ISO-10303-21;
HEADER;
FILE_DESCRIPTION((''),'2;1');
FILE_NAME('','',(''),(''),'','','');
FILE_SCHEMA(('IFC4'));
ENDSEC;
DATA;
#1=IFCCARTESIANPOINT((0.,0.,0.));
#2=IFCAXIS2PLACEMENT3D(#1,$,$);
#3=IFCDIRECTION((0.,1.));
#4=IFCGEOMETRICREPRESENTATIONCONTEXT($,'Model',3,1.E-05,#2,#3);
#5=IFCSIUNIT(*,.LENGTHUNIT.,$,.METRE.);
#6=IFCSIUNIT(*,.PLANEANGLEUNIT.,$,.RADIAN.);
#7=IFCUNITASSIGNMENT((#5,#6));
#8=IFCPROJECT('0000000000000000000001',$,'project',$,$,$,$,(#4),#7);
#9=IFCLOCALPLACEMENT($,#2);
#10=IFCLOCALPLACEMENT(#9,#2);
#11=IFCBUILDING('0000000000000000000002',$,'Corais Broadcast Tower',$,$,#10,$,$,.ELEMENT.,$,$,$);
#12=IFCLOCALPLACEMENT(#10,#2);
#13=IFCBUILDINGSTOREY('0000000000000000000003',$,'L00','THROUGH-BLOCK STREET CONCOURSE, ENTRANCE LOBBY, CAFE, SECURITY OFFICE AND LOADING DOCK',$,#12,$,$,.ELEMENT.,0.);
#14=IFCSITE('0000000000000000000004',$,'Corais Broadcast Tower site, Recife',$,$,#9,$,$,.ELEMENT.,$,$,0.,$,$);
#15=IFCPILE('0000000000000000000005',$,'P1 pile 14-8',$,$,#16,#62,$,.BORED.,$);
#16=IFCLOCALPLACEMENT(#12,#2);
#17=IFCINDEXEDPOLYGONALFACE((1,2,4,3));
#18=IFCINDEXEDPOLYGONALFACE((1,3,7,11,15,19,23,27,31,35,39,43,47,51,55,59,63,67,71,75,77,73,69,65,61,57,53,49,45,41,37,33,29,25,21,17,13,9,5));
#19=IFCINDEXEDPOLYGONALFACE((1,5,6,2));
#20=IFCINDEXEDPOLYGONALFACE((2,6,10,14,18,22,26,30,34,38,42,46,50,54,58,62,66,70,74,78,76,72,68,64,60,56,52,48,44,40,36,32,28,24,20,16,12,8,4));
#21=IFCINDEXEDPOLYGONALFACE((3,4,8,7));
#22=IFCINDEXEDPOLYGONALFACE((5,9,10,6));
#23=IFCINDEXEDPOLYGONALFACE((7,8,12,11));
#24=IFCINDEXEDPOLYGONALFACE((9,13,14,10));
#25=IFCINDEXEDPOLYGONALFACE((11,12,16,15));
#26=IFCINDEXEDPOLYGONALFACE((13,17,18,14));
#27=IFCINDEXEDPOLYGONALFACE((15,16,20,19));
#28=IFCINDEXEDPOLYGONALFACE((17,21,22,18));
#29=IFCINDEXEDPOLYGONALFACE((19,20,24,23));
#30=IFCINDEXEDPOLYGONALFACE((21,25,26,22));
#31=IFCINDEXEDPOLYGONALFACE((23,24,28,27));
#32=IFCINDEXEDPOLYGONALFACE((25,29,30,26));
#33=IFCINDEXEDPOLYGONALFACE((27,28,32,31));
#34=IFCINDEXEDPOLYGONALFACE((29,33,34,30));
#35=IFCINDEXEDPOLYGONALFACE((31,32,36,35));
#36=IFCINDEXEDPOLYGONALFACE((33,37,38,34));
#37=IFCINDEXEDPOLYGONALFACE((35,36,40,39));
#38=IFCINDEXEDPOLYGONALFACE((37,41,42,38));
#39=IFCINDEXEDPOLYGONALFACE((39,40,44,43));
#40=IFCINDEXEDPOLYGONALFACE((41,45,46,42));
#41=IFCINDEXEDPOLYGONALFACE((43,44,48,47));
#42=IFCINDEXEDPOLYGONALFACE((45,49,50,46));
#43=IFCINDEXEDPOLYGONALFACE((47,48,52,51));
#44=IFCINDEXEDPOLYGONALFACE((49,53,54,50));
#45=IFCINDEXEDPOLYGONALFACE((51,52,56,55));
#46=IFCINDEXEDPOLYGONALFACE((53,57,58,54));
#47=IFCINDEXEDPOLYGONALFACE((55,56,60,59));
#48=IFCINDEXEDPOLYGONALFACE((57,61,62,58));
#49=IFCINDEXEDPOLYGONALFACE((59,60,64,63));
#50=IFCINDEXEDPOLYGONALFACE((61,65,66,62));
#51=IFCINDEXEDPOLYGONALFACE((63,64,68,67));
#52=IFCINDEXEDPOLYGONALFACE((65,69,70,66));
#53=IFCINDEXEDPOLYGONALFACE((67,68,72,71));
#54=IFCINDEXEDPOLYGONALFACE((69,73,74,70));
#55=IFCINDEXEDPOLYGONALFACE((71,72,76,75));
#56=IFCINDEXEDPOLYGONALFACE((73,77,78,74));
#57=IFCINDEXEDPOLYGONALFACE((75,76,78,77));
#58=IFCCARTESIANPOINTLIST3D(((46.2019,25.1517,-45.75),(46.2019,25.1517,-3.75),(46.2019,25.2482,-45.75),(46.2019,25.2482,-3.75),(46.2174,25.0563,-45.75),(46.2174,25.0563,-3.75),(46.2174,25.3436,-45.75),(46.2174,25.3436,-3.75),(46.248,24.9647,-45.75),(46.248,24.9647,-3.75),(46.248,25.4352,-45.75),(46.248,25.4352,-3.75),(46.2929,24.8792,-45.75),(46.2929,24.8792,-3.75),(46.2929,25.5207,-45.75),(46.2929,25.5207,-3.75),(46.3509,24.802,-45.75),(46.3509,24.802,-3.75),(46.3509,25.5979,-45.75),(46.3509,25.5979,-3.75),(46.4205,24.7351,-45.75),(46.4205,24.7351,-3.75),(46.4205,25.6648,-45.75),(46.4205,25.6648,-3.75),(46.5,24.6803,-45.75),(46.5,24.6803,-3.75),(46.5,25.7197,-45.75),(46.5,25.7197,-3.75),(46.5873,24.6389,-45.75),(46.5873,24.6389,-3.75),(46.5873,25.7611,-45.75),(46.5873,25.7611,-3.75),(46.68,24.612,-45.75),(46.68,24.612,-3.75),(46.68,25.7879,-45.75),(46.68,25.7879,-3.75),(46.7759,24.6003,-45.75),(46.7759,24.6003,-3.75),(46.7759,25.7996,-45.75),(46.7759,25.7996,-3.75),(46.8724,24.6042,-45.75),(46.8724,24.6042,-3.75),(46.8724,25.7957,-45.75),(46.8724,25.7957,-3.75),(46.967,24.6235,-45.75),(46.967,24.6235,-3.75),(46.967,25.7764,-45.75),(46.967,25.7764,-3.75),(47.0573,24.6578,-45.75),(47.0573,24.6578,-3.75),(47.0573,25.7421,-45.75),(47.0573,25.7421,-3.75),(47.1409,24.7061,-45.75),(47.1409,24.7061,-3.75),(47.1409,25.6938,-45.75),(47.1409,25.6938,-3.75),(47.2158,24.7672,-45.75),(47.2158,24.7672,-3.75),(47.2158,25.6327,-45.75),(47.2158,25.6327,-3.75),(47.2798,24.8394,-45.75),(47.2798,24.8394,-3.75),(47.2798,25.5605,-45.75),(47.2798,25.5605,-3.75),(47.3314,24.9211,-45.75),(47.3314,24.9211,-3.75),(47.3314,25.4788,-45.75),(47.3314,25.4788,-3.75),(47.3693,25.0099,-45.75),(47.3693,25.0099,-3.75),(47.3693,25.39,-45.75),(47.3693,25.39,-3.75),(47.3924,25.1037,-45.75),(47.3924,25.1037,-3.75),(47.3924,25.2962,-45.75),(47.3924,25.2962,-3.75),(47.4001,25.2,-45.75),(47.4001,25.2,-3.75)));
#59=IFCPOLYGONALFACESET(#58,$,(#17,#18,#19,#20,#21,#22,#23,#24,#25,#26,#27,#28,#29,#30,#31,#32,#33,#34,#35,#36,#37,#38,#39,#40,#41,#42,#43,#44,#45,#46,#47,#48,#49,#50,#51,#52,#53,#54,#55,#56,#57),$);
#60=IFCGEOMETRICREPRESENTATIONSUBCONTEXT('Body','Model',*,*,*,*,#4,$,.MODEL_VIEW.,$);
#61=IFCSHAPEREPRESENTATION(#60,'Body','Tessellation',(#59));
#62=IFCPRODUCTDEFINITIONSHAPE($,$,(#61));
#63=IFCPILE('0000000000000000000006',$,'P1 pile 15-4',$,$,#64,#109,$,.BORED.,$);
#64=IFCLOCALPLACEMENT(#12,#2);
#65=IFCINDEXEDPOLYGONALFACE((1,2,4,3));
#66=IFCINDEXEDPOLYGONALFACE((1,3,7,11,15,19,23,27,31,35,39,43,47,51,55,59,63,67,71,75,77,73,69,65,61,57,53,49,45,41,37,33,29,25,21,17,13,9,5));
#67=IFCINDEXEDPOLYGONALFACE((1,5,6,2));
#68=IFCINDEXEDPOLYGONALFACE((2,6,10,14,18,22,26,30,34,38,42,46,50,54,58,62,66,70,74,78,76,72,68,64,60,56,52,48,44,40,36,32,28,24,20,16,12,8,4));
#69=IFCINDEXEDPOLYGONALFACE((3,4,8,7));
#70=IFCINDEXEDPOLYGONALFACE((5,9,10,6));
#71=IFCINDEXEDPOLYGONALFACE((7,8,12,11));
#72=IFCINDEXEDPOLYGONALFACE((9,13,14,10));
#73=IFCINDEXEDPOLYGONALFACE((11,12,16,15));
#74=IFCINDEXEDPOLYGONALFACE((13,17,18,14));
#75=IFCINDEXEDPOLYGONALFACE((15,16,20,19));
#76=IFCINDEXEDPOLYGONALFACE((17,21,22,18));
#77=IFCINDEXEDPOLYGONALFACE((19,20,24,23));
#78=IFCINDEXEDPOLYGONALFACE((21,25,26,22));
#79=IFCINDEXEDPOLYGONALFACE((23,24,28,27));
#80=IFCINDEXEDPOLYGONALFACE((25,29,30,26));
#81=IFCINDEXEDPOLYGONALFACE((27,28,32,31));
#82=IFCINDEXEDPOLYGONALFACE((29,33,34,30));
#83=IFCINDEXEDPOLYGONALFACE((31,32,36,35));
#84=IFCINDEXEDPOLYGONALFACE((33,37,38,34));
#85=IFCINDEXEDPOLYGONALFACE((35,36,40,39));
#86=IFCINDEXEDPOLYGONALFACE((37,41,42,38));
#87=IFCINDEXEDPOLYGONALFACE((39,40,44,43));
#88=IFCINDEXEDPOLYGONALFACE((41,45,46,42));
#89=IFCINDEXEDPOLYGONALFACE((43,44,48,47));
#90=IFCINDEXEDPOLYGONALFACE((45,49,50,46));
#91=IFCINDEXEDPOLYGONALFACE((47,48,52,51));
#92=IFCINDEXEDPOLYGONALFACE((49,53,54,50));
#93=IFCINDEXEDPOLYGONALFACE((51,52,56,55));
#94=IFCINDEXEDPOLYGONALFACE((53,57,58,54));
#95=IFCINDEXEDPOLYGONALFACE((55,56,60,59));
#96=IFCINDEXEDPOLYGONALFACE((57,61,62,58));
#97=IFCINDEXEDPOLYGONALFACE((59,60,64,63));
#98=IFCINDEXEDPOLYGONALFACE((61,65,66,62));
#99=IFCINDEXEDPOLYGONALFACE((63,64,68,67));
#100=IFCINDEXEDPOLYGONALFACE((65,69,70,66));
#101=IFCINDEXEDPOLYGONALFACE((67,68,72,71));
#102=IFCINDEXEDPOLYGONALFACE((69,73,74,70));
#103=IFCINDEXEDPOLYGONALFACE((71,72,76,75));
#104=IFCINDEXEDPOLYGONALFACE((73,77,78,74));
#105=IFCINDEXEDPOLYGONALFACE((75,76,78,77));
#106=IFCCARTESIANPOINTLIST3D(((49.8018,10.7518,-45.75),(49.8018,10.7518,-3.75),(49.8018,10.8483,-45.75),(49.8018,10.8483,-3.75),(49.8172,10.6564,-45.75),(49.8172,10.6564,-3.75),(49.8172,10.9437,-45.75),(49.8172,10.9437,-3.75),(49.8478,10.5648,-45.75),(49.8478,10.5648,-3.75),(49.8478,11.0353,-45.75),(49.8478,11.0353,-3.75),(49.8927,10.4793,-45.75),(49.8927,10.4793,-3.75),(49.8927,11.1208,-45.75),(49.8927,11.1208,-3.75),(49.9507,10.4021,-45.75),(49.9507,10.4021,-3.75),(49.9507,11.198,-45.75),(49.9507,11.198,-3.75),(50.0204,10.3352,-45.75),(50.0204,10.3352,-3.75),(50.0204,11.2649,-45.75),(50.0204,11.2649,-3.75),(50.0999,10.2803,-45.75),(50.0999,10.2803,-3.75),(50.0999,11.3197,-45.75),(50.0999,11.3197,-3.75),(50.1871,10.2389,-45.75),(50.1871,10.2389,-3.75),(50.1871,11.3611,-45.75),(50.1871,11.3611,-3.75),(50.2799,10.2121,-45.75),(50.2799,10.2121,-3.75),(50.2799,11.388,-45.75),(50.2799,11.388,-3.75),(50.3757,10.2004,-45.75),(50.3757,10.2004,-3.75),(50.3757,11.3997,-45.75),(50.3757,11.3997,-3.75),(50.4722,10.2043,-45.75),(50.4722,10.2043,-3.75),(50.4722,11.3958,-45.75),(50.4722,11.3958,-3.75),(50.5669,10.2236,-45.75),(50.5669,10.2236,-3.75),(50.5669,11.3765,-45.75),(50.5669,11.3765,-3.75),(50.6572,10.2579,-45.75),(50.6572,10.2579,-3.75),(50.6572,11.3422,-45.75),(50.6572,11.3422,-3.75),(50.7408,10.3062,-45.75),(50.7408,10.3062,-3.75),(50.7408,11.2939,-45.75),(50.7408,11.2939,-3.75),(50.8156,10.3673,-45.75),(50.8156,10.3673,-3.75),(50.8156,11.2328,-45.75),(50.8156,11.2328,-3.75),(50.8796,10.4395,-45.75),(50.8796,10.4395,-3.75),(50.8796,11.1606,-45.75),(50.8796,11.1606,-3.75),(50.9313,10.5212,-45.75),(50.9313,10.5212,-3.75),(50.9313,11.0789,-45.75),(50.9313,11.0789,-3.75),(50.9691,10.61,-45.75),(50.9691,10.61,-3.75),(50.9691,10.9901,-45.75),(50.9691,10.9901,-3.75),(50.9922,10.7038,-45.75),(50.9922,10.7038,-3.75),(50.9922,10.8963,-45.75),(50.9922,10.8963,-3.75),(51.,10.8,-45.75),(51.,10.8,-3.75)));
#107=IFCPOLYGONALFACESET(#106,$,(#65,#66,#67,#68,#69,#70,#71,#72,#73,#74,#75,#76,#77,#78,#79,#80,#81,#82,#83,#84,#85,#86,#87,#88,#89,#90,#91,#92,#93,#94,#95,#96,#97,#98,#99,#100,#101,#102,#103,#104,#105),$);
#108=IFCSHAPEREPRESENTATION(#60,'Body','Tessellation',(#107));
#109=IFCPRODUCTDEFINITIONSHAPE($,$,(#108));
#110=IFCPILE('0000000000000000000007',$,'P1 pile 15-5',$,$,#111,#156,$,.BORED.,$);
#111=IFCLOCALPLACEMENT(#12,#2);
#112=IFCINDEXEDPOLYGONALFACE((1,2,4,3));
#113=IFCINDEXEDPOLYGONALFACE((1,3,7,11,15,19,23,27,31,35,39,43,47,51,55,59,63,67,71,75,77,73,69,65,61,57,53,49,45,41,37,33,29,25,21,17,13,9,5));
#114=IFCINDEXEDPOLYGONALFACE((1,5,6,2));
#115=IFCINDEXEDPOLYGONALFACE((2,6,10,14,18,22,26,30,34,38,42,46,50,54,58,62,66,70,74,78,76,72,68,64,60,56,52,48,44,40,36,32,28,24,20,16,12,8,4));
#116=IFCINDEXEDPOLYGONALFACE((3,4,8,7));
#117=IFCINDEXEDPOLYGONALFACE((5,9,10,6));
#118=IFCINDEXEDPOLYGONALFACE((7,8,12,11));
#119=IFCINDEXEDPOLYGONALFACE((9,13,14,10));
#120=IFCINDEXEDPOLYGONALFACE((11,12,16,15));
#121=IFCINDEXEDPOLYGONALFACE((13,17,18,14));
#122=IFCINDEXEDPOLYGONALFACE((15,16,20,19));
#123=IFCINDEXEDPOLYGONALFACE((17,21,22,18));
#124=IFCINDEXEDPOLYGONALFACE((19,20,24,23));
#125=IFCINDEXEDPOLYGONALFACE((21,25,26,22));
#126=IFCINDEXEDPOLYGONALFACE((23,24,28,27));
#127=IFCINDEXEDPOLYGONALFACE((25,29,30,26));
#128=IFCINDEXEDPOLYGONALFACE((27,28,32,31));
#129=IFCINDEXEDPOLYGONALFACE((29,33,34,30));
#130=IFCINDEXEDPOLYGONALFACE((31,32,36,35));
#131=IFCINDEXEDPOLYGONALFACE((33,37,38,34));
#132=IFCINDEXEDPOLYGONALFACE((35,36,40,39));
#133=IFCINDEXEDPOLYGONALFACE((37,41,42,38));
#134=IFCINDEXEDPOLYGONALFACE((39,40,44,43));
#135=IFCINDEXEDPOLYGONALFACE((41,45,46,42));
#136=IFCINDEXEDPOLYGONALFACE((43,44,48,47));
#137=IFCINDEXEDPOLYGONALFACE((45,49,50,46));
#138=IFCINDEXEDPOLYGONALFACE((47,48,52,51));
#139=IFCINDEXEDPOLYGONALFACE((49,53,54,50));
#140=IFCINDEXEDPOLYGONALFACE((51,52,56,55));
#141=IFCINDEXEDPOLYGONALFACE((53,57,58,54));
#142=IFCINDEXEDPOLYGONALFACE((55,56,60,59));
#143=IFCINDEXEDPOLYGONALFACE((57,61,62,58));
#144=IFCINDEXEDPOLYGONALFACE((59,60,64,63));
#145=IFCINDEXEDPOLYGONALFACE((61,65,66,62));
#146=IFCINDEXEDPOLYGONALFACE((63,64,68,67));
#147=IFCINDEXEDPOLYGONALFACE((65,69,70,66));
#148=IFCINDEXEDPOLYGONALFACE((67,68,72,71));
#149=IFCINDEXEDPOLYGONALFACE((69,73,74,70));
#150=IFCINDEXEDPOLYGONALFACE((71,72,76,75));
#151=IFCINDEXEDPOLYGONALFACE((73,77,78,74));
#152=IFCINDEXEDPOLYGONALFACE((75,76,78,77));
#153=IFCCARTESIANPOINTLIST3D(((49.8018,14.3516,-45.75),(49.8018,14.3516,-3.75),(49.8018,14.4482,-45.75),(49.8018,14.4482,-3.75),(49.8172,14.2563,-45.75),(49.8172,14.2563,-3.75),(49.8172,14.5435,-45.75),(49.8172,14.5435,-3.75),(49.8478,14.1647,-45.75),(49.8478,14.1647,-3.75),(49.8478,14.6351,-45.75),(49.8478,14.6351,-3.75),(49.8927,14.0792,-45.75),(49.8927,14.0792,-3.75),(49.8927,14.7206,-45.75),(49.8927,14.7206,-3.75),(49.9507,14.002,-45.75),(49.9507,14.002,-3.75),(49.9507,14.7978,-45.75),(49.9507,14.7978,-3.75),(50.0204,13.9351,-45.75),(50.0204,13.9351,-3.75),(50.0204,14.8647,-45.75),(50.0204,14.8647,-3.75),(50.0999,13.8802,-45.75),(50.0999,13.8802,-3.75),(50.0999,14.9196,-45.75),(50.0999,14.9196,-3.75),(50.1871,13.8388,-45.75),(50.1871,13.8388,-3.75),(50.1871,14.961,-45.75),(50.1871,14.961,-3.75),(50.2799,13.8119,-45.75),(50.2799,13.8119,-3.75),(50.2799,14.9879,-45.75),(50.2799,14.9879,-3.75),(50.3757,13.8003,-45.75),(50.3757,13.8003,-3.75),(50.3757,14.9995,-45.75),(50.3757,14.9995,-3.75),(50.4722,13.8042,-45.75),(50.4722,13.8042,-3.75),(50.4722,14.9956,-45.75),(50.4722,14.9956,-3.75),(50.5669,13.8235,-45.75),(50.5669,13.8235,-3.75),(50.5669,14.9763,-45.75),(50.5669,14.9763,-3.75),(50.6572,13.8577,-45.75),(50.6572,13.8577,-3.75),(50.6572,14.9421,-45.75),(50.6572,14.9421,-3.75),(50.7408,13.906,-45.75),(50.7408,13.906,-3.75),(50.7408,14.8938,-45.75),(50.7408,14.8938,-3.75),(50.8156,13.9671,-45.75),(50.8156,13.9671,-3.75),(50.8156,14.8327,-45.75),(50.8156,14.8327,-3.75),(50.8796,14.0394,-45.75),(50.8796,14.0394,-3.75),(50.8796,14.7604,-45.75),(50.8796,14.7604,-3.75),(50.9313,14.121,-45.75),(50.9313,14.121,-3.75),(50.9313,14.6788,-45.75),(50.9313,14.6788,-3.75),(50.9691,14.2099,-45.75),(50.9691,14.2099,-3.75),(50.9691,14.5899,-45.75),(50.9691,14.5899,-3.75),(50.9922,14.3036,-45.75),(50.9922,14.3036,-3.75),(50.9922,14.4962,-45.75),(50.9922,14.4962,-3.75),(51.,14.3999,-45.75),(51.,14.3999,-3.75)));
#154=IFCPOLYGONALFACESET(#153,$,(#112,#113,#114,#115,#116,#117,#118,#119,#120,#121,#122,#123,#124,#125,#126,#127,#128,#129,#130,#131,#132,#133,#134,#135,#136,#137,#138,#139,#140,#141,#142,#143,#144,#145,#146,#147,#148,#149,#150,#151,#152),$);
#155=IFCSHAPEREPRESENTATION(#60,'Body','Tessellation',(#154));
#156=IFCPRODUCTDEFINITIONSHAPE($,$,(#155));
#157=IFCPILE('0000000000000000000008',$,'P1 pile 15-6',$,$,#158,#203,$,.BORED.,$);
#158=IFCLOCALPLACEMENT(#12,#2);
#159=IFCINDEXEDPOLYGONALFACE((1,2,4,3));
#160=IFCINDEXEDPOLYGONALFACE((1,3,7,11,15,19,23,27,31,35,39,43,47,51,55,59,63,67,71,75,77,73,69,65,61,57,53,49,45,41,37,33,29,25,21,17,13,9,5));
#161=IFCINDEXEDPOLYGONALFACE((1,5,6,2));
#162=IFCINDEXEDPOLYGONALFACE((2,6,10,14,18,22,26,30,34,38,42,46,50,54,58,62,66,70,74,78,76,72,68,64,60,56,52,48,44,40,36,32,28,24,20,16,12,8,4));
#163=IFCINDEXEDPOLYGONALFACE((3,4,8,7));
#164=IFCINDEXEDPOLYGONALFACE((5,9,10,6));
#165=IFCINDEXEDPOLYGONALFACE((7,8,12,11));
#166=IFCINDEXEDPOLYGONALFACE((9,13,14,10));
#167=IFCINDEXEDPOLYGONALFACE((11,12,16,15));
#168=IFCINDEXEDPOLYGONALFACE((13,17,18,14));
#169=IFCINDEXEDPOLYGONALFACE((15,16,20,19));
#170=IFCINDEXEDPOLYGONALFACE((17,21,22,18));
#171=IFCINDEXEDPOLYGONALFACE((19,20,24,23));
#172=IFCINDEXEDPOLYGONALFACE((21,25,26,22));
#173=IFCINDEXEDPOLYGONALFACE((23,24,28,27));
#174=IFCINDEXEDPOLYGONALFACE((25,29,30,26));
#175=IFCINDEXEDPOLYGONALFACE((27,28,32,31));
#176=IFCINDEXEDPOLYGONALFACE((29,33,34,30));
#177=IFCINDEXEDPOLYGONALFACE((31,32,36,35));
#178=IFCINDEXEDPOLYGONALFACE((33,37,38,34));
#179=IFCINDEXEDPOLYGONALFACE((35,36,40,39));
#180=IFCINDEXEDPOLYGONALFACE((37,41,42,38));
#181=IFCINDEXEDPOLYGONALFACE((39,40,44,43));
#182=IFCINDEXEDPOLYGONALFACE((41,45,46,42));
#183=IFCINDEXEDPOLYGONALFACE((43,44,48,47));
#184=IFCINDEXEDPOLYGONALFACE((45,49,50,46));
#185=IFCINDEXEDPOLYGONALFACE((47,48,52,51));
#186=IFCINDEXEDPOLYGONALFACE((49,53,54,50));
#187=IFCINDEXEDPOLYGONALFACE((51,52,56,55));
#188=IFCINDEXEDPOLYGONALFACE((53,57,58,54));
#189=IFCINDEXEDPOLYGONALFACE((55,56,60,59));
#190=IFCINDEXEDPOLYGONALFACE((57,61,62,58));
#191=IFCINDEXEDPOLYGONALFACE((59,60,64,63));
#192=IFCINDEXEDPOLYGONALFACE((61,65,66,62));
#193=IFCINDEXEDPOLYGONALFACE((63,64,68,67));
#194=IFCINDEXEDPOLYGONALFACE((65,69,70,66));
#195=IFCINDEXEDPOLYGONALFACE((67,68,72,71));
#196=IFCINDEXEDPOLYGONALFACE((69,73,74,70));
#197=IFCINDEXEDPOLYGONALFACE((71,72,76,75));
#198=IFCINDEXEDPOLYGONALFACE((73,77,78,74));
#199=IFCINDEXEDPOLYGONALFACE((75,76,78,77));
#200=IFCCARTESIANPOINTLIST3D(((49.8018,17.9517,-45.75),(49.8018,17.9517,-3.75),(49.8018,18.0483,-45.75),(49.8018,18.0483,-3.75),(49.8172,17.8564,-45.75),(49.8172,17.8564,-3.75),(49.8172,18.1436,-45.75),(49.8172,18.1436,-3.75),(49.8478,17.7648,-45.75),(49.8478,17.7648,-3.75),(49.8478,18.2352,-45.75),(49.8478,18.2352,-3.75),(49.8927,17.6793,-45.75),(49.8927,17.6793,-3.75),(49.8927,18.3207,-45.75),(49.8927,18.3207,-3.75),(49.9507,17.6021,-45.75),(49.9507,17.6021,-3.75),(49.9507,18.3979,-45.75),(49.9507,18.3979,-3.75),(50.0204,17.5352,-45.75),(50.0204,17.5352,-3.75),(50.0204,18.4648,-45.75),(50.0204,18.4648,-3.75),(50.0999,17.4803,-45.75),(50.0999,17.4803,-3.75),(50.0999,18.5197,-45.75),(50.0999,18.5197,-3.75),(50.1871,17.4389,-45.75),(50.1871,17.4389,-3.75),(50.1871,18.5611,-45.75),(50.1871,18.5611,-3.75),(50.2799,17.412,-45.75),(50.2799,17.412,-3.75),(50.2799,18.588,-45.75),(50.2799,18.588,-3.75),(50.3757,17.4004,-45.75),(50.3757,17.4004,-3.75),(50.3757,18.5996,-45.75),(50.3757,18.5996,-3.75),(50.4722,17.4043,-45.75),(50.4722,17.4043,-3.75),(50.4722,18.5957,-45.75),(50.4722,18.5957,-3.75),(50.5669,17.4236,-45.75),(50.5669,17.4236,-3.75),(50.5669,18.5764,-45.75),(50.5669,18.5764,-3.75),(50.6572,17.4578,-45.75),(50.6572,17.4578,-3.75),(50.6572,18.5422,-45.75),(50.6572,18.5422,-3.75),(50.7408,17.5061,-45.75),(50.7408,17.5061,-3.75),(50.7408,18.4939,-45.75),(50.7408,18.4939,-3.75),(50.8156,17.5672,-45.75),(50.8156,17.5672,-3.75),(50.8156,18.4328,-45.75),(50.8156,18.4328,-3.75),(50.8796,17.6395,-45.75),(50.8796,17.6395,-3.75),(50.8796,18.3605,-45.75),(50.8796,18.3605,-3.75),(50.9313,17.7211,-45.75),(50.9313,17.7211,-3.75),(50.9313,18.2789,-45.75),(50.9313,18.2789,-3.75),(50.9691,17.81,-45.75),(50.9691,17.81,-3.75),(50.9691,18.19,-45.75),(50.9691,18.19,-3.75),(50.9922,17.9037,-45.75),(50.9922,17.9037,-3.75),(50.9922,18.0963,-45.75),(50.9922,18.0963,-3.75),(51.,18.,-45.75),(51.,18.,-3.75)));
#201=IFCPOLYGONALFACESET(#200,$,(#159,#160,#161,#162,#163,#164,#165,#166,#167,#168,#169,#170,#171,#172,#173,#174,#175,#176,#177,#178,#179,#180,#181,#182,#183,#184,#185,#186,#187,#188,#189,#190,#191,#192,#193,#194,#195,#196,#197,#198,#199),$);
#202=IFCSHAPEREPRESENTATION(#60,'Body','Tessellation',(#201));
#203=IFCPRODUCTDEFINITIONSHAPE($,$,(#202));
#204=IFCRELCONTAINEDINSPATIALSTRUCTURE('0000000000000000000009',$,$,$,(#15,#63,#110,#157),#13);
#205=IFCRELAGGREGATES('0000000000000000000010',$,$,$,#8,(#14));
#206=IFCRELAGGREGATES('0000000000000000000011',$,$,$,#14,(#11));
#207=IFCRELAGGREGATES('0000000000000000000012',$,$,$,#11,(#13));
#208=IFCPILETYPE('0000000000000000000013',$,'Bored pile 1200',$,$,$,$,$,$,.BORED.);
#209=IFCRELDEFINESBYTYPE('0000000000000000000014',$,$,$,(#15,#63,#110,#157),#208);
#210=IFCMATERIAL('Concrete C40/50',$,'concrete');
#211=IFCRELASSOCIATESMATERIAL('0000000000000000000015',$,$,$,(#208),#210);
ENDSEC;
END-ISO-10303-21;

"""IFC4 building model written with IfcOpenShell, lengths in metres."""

from ifc_helpers import new_model, si_unit, direction, frame, origin, origin_2d, place, context, subcontext, project, spatial, circle, extrude, material, type_object, element, save


model = new_model("IFC4")

# Units and contexts
model_context = context("Model", 3, precision=1e-05, world=origin(), true_north=direction((0.0, 1.0)))
body_context = subcontext(model_context, "Body", "Model", "MODEL_VIEW")
ifc_project = project(units=[si_unit("LENGTHUNIT", "METRE"), si_unit("PLANEANGLEUNIT", "RADIAN")], contexts=[model_context])

# Site, building, storey
site_placement = place(None, origin())
site = spatial("IfcSite", under=ifc_project, at=site_placement, Name="Corais Broadcast Tower site, Recife", CompositionType="ELEMENT", RefElevation=0.0)
building_placement = place(site_placement, origin())
building = spatial("IfcBuilding", under=site, at=building_placement, Name="Corais Broadcast Tower", CompositionType="ELEMENT")
storey_placement = place(building_placement, origin())
storey = spatial("IfcBuildingStorey", under=building, at=storey_placement, Name="L00", Description="THROUGH-BLOCK STREET CONCOURSE, ENTRANCE LOBBY, CAFE, SECURITY OFFICE AND LOADING DOCK", CompositionType="ELEMENT", Elevation=0.0)

# Piles
ifc_material_1 = material(Name="Concrete C40/50", Category="concrete")
pile_type = type_object("IfcPileType", Name="Bored pile 1200", PredefinedType="BORED", material=ifc_material_1)
for number, where, z_axis, x_axis, name in (
    (1, (46.8, 25.2, -3.75), (0.0, 0.0, -1.0), (1.0, 0.0, 0.0), "P1 pile 14-8"),
    (2, (50.3999, 10.8, -3.75), (0.0, 0.0, -1.0), (1.0, 0.0, 0.0), "P1 pile 15-4"),
    (3, (50.3999, 14.3999, -3.75), (0.0, 0.0, -1.0), (1.0, 0.0, 0.0), "P1 pile 15-5"),
    (4, (50.3999, 18.0, -3.75), (0.0, 0.0, -1.0), (1.0, 0.0, 0.0), "P1 pile 15-6"),
):
    element("IfcPile", number, at=place(storey_placement, frame(where, z_axis=z_axis, x_axis=x_axis)), inside=storey, type_object=pile_type, Name=name, PredefinedType="BORED", context=body_context, shape_type="SweptSolid", body=[
        extrude(circle(Radius=0.6001, at=origin_2d()), origin(), (0.0, 0.0, 1.0), 42.0),
    ])

save(model, "model.ifc")
